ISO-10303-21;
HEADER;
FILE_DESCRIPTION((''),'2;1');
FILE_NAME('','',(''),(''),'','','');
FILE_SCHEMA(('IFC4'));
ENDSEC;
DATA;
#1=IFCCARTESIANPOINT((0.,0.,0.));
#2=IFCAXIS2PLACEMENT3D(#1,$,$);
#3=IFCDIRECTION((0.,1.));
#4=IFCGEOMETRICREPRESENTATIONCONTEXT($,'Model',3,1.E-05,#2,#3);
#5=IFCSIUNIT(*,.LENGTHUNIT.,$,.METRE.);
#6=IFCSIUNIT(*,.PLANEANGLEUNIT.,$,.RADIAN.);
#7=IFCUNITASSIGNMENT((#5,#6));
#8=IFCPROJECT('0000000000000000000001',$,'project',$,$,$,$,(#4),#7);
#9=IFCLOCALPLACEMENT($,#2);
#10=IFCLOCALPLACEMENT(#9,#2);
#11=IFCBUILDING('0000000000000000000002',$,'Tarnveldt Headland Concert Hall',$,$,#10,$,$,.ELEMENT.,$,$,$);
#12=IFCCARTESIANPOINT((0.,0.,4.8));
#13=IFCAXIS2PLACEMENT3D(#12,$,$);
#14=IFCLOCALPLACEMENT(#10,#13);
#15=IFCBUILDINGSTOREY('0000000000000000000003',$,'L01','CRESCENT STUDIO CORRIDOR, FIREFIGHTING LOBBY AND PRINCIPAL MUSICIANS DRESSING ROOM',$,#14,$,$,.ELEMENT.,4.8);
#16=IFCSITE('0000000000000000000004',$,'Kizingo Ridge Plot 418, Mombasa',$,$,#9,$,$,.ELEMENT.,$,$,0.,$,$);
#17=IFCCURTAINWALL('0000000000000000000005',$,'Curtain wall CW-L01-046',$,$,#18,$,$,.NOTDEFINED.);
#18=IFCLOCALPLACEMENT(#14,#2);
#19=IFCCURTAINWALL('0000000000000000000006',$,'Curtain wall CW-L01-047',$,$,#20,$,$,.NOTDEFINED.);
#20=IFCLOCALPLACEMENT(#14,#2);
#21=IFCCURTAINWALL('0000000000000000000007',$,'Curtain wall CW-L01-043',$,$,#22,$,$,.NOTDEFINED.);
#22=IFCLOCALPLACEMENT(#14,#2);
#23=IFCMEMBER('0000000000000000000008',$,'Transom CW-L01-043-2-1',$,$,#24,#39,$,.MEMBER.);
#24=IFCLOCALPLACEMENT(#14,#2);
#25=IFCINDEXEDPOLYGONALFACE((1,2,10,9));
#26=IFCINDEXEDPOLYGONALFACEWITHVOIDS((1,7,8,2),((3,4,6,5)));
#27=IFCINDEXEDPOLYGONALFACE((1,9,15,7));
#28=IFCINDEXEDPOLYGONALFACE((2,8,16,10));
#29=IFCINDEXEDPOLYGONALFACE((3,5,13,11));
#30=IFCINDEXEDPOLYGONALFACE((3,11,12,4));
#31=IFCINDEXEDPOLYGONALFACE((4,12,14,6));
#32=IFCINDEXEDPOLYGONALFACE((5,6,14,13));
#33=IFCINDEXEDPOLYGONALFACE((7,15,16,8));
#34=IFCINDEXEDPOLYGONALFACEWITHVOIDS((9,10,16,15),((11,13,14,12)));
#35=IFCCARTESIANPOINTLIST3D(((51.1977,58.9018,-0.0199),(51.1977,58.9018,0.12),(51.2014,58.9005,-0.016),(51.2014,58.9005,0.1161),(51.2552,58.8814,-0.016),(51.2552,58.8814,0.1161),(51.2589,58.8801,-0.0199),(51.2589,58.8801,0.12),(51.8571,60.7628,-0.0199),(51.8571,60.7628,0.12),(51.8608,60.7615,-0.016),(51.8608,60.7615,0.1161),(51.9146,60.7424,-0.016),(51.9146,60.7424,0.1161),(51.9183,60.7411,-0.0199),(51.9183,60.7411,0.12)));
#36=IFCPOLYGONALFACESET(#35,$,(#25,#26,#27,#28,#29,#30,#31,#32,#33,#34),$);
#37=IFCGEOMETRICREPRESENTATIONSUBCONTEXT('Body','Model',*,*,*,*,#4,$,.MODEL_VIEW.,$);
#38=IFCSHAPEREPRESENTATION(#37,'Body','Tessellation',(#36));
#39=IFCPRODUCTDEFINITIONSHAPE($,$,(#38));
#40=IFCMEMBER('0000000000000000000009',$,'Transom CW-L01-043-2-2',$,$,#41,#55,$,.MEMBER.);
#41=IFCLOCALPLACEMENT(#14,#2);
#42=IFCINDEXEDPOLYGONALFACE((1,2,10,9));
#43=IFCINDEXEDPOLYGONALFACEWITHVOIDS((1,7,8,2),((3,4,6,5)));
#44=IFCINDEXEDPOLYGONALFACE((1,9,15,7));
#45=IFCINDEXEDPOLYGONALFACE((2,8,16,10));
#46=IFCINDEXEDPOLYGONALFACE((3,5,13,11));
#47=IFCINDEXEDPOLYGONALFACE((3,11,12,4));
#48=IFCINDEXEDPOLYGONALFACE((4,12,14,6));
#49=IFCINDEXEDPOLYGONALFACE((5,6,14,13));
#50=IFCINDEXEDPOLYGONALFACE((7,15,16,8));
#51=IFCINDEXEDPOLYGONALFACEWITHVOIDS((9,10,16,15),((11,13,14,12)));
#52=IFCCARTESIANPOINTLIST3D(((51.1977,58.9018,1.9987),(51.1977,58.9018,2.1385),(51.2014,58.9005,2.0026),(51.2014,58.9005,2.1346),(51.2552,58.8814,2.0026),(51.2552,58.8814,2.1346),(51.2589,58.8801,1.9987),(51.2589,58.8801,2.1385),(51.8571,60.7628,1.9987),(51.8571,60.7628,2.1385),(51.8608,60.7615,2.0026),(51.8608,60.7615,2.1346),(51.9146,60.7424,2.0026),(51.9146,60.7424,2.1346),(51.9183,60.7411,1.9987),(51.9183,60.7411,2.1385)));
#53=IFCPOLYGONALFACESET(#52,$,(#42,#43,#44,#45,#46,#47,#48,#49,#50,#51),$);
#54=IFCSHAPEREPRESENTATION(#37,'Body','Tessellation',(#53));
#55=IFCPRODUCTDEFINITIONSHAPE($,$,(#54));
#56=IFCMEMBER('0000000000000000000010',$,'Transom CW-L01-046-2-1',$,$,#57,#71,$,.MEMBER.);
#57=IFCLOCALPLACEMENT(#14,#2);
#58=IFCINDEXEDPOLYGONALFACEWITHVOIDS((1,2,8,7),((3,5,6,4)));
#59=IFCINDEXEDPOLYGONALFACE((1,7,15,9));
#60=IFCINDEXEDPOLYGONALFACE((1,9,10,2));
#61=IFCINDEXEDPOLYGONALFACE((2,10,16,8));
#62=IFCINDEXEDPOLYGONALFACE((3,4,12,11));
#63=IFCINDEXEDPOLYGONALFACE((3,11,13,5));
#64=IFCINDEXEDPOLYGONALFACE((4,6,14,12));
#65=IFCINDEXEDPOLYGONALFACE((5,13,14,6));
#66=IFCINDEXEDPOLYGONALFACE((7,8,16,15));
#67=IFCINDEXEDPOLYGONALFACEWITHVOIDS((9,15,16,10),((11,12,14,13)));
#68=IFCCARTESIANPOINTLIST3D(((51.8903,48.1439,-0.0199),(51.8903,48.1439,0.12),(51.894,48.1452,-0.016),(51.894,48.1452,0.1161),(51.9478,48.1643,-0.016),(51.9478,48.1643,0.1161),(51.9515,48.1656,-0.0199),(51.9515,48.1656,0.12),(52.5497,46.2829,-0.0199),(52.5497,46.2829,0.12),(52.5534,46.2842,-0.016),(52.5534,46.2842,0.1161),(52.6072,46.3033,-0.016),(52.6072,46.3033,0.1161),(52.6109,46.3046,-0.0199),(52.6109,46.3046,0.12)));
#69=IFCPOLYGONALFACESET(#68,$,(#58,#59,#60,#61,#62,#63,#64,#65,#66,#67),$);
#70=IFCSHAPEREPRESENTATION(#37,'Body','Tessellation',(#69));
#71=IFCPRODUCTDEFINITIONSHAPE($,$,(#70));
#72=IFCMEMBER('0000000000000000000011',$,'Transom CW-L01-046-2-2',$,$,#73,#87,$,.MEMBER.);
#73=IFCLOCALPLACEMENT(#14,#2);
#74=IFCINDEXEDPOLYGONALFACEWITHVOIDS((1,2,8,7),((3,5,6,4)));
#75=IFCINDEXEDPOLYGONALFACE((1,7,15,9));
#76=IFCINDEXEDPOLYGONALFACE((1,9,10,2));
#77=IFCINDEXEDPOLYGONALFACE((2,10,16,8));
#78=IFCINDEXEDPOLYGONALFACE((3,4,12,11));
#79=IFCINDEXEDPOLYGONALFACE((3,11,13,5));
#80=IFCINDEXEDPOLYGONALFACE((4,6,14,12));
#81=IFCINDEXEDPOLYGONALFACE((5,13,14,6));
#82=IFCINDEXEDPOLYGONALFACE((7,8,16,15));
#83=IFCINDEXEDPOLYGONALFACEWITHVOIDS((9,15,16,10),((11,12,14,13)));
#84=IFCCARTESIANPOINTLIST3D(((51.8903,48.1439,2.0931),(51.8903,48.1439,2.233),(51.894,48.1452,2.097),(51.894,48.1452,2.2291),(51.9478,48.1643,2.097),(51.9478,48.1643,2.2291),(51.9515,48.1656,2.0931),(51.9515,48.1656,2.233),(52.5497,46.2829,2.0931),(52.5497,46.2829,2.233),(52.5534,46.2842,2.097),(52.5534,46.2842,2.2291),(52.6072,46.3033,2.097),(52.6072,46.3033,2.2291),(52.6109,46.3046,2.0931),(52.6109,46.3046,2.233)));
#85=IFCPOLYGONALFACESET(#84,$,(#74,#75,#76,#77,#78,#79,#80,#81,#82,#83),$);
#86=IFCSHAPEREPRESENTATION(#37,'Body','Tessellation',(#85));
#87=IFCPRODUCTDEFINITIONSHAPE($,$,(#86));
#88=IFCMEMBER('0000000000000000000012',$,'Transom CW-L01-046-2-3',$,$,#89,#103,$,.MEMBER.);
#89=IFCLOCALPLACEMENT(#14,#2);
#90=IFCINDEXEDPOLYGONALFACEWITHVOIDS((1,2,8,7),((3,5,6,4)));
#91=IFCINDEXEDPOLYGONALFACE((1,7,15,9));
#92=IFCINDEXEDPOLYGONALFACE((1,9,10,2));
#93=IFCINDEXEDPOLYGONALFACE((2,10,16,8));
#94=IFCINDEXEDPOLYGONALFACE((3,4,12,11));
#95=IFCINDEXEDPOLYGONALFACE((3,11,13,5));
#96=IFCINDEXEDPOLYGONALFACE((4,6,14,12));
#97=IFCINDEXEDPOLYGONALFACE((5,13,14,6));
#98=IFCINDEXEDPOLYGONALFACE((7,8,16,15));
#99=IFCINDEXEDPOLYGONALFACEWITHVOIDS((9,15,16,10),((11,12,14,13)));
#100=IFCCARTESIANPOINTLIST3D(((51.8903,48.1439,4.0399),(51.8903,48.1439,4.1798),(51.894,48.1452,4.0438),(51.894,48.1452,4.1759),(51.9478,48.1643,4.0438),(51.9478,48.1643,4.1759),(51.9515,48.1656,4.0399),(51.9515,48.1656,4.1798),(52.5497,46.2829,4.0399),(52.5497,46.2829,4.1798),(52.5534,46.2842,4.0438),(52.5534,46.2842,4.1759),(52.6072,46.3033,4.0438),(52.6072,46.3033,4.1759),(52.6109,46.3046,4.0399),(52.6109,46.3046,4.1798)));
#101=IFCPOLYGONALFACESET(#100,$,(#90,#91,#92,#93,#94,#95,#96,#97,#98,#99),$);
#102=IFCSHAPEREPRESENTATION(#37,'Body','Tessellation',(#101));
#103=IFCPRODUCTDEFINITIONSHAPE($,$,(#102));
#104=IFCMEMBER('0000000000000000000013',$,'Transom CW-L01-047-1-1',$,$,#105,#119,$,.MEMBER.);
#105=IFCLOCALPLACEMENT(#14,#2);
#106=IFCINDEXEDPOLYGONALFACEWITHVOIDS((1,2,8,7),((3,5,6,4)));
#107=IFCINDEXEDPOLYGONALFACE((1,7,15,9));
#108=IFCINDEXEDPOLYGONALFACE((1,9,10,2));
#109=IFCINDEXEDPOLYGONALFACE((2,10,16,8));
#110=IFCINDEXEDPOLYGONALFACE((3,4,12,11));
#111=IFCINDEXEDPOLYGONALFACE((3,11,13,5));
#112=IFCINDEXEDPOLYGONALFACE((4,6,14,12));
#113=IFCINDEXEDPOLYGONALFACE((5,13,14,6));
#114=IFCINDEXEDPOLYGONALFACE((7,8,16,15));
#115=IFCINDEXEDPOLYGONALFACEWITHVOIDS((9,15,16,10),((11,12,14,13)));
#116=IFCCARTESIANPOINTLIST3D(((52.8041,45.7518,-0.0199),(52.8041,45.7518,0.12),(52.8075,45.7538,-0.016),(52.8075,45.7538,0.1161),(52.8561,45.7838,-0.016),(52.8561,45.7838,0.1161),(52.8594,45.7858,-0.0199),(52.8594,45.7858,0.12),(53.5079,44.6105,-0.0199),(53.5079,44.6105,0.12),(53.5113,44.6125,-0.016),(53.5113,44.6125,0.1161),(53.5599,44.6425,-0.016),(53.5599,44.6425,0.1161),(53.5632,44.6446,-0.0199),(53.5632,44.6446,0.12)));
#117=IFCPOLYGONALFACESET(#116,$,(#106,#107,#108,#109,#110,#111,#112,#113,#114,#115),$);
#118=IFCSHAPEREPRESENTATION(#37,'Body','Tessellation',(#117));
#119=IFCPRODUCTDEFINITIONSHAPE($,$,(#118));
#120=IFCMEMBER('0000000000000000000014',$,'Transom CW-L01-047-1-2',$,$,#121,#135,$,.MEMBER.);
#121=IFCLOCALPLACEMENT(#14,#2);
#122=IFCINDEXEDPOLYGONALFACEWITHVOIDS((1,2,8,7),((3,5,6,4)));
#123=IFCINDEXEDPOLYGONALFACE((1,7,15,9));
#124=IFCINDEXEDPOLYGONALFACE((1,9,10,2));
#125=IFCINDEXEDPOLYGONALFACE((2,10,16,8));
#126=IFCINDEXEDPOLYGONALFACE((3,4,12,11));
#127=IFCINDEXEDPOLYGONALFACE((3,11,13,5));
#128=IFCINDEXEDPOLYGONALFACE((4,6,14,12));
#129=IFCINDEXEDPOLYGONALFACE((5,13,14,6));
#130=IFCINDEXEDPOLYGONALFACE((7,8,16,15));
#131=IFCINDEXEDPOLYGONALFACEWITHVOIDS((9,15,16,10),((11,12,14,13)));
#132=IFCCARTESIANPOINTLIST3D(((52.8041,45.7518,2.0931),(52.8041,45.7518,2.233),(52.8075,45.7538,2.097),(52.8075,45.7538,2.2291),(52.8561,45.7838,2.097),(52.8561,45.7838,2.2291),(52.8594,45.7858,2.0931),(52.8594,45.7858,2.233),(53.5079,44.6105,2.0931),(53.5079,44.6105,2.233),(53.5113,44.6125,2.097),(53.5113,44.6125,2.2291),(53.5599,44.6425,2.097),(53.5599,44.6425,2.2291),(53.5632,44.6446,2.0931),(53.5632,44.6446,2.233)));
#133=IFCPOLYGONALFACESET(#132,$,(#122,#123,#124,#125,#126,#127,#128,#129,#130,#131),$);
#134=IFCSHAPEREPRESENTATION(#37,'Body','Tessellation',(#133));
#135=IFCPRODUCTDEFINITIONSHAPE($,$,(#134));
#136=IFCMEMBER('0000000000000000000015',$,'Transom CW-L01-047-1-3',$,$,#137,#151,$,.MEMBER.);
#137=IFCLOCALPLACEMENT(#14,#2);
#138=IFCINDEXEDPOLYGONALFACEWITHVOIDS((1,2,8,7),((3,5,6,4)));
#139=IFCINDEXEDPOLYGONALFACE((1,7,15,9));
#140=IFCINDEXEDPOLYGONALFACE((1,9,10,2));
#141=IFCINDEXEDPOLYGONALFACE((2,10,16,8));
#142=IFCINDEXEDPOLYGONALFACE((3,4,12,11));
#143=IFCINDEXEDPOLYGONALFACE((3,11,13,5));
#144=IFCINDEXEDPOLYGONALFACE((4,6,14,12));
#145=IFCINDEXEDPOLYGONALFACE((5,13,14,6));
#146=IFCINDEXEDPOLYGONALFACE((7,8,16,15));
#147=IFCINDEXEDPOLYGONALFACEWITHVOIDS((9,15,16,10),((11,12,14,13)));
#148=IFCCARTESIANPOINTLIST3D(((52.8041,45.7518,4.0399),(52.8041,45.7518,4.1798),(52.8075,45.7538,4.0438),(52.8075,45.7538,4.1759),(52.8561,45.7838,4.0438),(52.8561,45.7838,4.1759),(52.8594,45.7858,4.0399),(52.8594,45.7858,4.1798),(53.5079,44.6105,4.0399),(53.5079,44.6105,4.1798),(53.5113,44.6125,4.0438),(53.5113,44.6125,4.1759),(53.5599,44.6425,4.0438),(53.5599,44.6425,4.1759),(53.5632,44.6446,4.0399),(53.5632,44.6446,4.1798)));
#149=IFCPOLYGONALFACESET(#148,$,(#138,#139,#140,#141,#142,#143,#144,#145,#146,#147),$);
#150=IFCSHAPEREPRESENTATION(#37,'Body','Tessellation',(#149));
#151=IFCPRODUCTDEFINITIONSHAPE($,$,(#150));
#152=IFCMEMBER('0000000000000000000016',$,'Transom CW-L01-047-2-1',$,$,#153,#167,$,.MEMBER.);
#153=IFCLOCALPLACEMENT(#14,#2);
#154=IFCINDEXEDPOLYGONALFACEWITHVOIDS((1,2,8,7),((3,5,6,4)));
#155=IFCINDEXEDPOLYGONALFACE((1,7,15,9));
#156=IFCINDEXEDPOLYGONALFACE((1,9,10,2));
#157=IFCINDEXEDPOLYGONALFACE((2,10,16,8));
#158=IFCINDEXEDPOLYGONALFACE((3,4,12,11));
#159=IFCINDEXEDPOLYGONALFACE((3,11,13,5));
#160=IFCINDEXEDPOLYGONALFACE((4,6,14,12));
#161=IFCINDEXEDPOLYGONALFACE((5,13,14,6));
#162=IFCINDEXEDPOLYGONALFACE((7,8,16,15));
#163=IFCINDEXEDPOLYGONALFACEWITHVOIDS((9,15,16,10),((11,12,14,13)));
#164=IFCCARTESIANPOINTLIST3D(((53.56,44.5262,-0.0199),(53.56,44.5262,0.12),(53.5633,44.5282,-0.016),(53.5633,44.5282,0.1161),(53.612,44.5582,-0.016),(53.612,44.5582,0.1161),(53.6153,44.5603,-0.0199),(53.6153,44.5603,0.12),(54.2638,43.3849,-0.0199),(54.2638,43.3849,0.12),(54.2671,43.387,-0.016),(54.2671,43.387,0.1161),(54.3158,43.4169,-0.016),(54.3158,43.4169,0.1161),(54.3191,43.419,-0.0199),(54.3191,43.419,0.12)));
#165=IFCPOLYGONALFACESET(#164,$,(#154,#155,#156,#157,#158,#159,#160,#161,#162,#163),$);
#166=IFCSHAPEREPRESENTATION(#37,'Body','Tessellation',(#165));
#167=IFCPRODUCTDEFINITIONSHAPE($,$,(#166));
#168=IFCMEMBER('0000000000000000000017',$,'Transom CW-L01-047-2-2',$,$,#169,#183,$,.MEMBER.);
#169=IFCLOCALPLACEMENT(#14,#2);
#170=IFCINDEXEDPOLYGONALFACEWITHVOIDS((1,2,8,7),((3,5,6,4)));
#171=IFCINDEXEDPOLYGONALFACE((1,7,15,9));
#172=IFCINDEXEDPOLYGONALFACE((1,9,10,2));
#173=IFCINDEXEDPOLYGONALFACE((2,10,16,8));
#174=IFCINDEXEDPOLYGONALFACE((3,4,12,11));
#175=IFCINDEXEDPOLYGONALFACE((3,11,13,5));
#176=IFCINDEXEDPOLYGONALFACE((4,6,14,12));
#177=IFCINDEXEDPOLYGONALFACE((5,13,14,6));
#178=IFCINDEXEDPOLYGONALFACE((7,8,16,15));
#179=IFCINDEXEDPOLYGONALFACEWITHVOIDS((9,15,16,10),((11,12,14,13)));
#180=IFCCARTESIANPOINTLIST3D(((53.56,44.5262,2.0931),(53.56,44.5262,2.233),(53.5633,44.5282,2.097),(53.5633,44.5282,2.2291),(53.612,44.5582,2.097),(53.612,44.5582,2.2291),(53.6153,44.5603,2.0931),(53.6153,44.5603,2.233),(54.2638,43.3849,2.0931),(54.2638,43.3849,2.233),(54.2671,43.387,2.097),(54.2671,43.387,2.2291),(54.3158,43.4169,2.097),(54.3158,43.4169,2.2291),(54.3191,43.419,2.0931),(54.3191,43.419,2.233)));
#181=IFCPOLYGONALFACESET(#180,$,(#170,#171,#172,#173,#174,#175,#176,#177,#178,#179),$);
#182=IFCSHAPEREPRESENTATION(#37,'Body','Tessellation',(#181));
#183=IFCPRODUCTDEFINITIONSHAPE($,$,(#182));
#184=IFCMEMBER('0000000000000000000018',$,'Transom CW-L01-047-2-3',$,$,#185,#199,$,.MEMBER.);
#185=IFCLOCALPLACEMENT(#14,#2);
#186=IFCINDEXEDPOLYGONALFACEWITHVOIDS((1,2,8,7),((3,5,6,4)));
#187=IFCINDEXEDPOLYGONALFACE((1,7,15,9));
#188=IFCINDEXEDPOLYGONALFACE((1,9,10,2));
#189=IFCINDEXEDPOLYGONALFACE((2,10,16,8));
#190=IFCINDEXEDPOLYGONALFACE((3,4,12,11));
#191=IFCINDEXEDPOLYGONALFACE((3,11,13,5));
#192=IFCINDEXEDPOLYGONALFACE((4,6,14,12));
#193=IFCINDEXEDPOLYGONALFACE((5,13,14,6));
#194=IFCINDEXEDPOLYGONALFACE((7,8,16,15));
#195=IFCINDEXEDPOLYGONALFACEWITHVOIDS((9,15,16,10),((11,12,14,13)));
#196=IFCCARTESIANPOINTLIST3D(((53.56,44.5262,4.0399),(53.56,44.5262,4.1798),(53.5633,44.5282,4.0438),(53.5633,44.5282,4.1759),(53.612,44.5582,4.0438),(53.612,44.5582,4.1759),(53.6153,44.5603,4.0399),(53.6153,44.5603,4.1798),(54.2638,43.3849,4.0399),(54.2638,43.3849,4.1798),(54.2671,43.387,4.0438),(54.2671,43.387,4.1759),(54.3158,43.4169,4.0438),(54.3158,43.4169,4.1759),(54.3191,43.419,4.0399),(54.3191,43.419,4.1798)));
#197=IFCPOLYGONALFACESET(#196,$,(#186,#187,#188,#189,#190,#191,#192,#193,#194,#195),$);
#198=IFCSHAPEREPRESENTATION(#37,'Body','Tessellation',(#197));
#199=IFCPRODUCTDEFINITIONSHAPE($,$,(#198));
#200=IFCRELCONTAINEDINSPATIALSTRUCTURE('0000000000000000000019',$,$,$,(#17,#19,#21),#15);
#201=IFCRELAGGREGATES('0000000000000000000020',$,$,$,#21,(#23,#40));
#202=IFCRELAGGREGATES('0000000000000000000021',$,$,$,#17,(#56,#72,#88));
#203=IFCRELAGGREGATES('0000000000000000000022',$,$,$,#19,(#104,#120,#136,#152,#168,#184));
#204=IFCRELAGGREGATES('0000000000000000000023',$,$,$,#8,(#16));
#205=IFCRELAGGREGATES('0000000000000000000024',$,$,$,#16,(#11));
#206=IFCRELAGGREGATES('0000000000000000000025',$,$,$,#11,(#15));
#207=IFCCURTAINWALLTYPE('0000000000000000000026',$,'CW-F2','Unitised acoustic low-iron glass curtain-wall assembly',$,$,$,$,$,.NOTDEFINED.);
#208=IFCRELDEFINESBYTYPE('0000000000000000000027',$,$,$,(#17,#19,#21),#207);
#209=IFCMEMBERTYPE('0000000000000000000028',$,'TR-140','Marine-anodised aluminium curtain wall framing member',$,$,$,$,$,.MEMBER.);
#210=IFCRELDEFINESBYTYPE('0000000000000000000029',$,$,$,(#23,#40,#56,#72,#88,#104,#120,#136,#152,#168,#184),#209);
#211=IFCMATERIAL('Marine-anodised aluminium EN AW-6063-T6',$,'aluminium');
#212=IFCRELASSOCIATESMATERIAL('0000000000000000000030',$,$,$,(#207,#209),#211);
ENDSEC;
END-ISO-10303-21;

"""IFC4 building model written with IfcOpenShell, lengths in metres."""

from ifc_helpers import new_model, si_unit, direction, frame, origin, origin_2d, place, context, subcontext, project, spatial, hollow_rectangle, extrude, material, material_profile, profile_set, type_object, element, aggregate, save


model = new_model("IFC4")

# Units and contexts
model_context = context("Model", 3, precision=1e-05, world=origin(), true_north=direction((0.0, 1.0)))
body_context = subcontext(model_context, "Body", "Model", "MODEL_VIEW")
ifc_project = project(units=[si_unit("LENGTHUNIT", "METRE"), si_unit("PLANEANGLEUNIT", "RADIAN")], contexts=[model_context])

# Site, building, storey
site_placement = place(None, origin())
site = spatial("IfcSite", under=ifc_project, at=site_placement, Name="Kizingo Ridge Plot 418, Mombasa", CompositionType="ELEMENT", RefElevation=0.0)
building_placement = place(site_placement, origin())
building = spatial("IfcBuilding", under=site, at=building_placement, Name="Tarnveldt Headland Concert Hall", CompositionType="ELEMENT")
storey_placement = place(building_placement, frame((0.0, 0.0, 4.8)))
storey = spatial("IfcBuildingStorey", under=building, at=storey_placement, Name="L01", Description="CRESCENT STUDIO CORRIDOR, FIREFIGHTING LOBBY AND PRINCIPAL MUSICIANS DRESSING ROOM", CompositionType="ELEMENT", Elevation=4.8)

# Curtain walls
ifc_material_1 = material(Name="Marine-anodised aluminium EN AW-6063-T6", Category="aluminium")
curtain_wall_type = type_object("IfcCurtainWallType", Name="CW-F2", Description="Unitised acoustic low-iron glass curtain-wall assembly", PredefinedType="NOTDEFINED", material=ifc_material_1)
curtain_wall_1_placement = place(storey_placement, origin())
curtain_wall_1 = element("IfcCurtainWall", 1, at=curtain_wall_1_placement, inside=storey, type_object=curtain_wall_type, Name="Curtain wall CW-L01-046", PredefinedType="NOTDEFINED")
curtain_wall_2_placement = place(storey_placement, origin())
curtain_wall_2 = element("IfcCurtainWall", 2, at=curtain_wall_2_placement, inside=storey, type_object=curtain_wall_type, Name="Curtain wall CW-L01-047", PredefinedType="NOTDEFINED")

# Curtain wall, members
curtain_wall_3_placement = place(storey_placement, origin())
curtain_wall_3 = element("IfcCurtainWall", 3, at=curtain_wall_3_placement, inside=storey, type_object=curtain_wall_type, Name="Curtain wall CW-L01-043", PredefinedType="NOTDEFINED")
ifc_material_profile_1 = material_profile(ifc_material_1, hollow_rectangle(XDim=0.0649, YDim=0.1399, WallThickness=0.0039, at=origin_2d()), Name="ALU TRANSOM 65x140x4", Category="aluminium")
ifc_profile_set_1 = profile_set([ifc_material_profile_1], Name="Marine-anodised aluminium EN AW-6063-T6")
member_type_1 = type_object("IfcMemberType", Name="TR-140", Description="Marine-anodised aluminium curtain wall framing member", PredefinedType="MEMBER", material=ifc_profile_set_1)
member_1_placement = place(storey_placement, frame((51.8877, 60.752, 0.05), z_axis=(-0.333978, -0.942581, 0.0), x_axis=(0.942581, -0.333978, 0.0)))
member_1 = element("IfcMember", 4, at=member_1_placement, type_object=member_type_1, Name="Transom CW-L01-043-2-1", PredefinedType="MEMBER", context=body_context, shape_type="SweptSolid", body=[
    extrude(hollow_rectangle(XDim=0.0649, YDim=0.1399, WallThickness=0.0039, at=origin_2d()), origin(), (0.0, 0.0, 1.0), 1.9744),
])
member_2_placement = place(storey_placement, frame((51.8877, 60.752, 2.0686), z_axis=(-0.333978, -0.942581, 0.0), x_axis=(0.942581, -0.333978, 0.0)))
member_2 = element("IfcMember", 5, at=member_2_placement, type_object=member_type_1, Name="Transom CW-L01-043-2-2", PredefinedType="MEMBER", context=body_context, shape_type="SweptSolid", body=[
    extrude(hollow_rectangle(XDim=0.0649, YDim=0.1399, WallThickness=0.0039, at=origin_2d()), origin(), (0.0, 0.0, 1.0), 1.9744),
])
aggregate(curtain_wall_3, [member_1, member_2])

# Members
member_3_placement = place(storey_placement, frame((51.9209, 48.1548, 0.05), z_axis=(0.333978, -0.942581, 0.0), x_axis=(0.942581, 0.333978, 0.0)))
member_3 = element("IfcMember", 6, at=member_3_placement, type_object=member_type_1, Name="Transom CW-L01-046-2-1", PredefinedType="MEMBER", context=body_context, shape_type="SweptSolid", body=[
    extrude(hollow_rectangle(XDim=0.0649, YDim=0.1399, WallThickness=0.0039, at=origin_2d()), origin(), (0.0, 0.0, 1.0), 1.9744),
])
member_4_placement = place(storey_placement, frame((51.9209, 48.1548, 2.1631), z_axis=(0.333978, -0.942581, 0.0), x_axis=(0.942581, 0.333978, 0.0)))
member_4 = element("IfcMember", 7, at=member_4_placement, type_object=member_type_1, Name="Transom CW-L01-046-2-2", PredefinedType="MEMBER", context=body_context, shape_type="SweptSolid", body=[
    extrude(hollow_rectangle(XDim=0.0649, YDim=0.1399, WallThickness=0.0039, at=origin_2d()), origin(), (0.0, 0.0, 1.0), 1.9744),
])
member_5_placement = place(storey_placement, frame((51.9209, 48.1548, 4.1099), z_axis=(0.333978, -0.942581, 0.0), x_axis=(0.942581, 0.333978, 0.0)))
member_5 = element("IfcMember", 8, at=member_5_placement, type_object=member_type_1, Name="Transom CW-L01-046-2-3", PredefinedType="MEMBER", context=body_context, shape_type="SweptSolid", body=[
    extrude(hollow_rectangle(XDim=0.0649, YDim=0.1399, WallThickness=0.0039, at=origin_2d()), origin(), (0.0, 0.0, 1.0), 1.9744),
])
member_6_placement = place(storey_placement, frame((52.8318, 45.7688, 0.05), z_axis=(0.5249, -0.851164, 0.0), x_axis=(0.851164, 0.5249, 0.0)))
member_6 = element("IfcMember", 9, at=member_6_placement, type_object=member_type_1, Name="Transom CW-L01-047-1-1", PredefinedType="MEMBER", context=body_context, shape_type="SweptSolid", body=[
    extrude(hollow_rectangle(XDim=0.0649, YDim=0.1399, WallThickness=0.0039, at=origin_2d()), origin(), (0.0, 0.0, 1.0), 1.3408),
])
member_7_placement = place(storey_placement, frame((52.8318, 45.7688, 2.1631), z_axis=(0.5249, -0.851164, 0.0), x_axis=(0.851164, 0.5249, 0.0)))
member_7 = element("IfcMember", 10, at=member_7_placement, type_object=member_type_1, Name="Transom CW-L01-047-1-2", PredefinedType="MEMBER", context=body_context, shape_type="SweptSolid", body=[
    extrude(hollow_rectangle(XDim=0.0649, YDim=0.1399, WallThickness=0.0039, at=origin_2d()), origin(), (0.0, 0.0, 1.0), 1.3408),
])
member_8_placement = place(storey_placement, frame((52.8318, 45.7688, 4.1099), z_axis=(0.5249, -0.851164, 0.0), x_axis=(0.851164, 0.5249, 0.0)))
member_8 = element("IfcMember", 11, at=member_8_placement, type_object=member_type_1, Name="Transom CW-L01-047-1-3", PredefinedType="MEMBER", context=body_context, shape_type="SweptSolid", body=[
    extrude(hollow_rectangle(XDim=0.0649, YDim=0.1399, WallThickness=0.0039, at=origin_2d()), origin(), (0.0, 0.0, 1.0), 1.3408),
])
member_9_placement = place(storey_placement, frame((53.5876, 44.5432, 0.05), z_axis=(0.5249, -0.851164, 0.0), x_axis=(0.851164, 0.5249, 0.0)))
member_9 = element("IfcMember", 12, at=member_9_placement, type_object=member_type_1, Name="Transom CW-L01-047-2-1", PredefinedType="MEMBER", context=body_context, shape_type="SweptSolid", body=[
    extrude(hollow_rectangle(XDim=0.0649, YDim=0.1399, WallThickness=0.0039, at=origin_2d()), origin(), (0.0, 0.0, 1.0), 1.3408),
])
member_10_placement = place(storey_placement, frame((53.5876, 44.5432, 2.1631), z_axis=(0.5249, -0.851164, 0.0), x_axis=(0.851164, 0.5249, 0.0)))
member_10 = element("IfcMember", 13, at=member_10_placement, type_object=member_type_1, Name="Transom CW-L01-047-2-2", PredefinedType="MEMBER", context=body_context, shape_type="SweptSolid", body=[
    extrude(hollow_rectangle(XDim=0.0649, YDim=0.1399, WallThickness=0.0039, at=origin_2d()), origin(), (0.0, 0.0, 1.0), 1.3408),
])
member_11_placement = place(storey_placement, frame((53.5876, 44.5432, 4.1099), z_axis=(0.5249, -0.851164, 0.0), x_axis=(0.851164, 0.5249, 0.0)))
member_11 = element("IfcMember", 14, at=member_11_placement, type_object=member_type_1, Name="Transom CW-L01-047-2-3", PredefinedType="MEMBER", context=body_context, shape_type="SweptSolid", body=[
    extrude(hollow_rectangle(XDim=0.0649, YDim=0.1399, WallThickness=0.0039, at=origin_2d()), origin(), (0.0, 0.0, 1.0), 1.3408),
])

aggregate(curtain_wall_1, [member_3, member_4, member_5])
aggregate(curtain_wall_2, [member_6, member_7, member_8, member_9, member_10, member_11])

save(model, "model.ifc")
